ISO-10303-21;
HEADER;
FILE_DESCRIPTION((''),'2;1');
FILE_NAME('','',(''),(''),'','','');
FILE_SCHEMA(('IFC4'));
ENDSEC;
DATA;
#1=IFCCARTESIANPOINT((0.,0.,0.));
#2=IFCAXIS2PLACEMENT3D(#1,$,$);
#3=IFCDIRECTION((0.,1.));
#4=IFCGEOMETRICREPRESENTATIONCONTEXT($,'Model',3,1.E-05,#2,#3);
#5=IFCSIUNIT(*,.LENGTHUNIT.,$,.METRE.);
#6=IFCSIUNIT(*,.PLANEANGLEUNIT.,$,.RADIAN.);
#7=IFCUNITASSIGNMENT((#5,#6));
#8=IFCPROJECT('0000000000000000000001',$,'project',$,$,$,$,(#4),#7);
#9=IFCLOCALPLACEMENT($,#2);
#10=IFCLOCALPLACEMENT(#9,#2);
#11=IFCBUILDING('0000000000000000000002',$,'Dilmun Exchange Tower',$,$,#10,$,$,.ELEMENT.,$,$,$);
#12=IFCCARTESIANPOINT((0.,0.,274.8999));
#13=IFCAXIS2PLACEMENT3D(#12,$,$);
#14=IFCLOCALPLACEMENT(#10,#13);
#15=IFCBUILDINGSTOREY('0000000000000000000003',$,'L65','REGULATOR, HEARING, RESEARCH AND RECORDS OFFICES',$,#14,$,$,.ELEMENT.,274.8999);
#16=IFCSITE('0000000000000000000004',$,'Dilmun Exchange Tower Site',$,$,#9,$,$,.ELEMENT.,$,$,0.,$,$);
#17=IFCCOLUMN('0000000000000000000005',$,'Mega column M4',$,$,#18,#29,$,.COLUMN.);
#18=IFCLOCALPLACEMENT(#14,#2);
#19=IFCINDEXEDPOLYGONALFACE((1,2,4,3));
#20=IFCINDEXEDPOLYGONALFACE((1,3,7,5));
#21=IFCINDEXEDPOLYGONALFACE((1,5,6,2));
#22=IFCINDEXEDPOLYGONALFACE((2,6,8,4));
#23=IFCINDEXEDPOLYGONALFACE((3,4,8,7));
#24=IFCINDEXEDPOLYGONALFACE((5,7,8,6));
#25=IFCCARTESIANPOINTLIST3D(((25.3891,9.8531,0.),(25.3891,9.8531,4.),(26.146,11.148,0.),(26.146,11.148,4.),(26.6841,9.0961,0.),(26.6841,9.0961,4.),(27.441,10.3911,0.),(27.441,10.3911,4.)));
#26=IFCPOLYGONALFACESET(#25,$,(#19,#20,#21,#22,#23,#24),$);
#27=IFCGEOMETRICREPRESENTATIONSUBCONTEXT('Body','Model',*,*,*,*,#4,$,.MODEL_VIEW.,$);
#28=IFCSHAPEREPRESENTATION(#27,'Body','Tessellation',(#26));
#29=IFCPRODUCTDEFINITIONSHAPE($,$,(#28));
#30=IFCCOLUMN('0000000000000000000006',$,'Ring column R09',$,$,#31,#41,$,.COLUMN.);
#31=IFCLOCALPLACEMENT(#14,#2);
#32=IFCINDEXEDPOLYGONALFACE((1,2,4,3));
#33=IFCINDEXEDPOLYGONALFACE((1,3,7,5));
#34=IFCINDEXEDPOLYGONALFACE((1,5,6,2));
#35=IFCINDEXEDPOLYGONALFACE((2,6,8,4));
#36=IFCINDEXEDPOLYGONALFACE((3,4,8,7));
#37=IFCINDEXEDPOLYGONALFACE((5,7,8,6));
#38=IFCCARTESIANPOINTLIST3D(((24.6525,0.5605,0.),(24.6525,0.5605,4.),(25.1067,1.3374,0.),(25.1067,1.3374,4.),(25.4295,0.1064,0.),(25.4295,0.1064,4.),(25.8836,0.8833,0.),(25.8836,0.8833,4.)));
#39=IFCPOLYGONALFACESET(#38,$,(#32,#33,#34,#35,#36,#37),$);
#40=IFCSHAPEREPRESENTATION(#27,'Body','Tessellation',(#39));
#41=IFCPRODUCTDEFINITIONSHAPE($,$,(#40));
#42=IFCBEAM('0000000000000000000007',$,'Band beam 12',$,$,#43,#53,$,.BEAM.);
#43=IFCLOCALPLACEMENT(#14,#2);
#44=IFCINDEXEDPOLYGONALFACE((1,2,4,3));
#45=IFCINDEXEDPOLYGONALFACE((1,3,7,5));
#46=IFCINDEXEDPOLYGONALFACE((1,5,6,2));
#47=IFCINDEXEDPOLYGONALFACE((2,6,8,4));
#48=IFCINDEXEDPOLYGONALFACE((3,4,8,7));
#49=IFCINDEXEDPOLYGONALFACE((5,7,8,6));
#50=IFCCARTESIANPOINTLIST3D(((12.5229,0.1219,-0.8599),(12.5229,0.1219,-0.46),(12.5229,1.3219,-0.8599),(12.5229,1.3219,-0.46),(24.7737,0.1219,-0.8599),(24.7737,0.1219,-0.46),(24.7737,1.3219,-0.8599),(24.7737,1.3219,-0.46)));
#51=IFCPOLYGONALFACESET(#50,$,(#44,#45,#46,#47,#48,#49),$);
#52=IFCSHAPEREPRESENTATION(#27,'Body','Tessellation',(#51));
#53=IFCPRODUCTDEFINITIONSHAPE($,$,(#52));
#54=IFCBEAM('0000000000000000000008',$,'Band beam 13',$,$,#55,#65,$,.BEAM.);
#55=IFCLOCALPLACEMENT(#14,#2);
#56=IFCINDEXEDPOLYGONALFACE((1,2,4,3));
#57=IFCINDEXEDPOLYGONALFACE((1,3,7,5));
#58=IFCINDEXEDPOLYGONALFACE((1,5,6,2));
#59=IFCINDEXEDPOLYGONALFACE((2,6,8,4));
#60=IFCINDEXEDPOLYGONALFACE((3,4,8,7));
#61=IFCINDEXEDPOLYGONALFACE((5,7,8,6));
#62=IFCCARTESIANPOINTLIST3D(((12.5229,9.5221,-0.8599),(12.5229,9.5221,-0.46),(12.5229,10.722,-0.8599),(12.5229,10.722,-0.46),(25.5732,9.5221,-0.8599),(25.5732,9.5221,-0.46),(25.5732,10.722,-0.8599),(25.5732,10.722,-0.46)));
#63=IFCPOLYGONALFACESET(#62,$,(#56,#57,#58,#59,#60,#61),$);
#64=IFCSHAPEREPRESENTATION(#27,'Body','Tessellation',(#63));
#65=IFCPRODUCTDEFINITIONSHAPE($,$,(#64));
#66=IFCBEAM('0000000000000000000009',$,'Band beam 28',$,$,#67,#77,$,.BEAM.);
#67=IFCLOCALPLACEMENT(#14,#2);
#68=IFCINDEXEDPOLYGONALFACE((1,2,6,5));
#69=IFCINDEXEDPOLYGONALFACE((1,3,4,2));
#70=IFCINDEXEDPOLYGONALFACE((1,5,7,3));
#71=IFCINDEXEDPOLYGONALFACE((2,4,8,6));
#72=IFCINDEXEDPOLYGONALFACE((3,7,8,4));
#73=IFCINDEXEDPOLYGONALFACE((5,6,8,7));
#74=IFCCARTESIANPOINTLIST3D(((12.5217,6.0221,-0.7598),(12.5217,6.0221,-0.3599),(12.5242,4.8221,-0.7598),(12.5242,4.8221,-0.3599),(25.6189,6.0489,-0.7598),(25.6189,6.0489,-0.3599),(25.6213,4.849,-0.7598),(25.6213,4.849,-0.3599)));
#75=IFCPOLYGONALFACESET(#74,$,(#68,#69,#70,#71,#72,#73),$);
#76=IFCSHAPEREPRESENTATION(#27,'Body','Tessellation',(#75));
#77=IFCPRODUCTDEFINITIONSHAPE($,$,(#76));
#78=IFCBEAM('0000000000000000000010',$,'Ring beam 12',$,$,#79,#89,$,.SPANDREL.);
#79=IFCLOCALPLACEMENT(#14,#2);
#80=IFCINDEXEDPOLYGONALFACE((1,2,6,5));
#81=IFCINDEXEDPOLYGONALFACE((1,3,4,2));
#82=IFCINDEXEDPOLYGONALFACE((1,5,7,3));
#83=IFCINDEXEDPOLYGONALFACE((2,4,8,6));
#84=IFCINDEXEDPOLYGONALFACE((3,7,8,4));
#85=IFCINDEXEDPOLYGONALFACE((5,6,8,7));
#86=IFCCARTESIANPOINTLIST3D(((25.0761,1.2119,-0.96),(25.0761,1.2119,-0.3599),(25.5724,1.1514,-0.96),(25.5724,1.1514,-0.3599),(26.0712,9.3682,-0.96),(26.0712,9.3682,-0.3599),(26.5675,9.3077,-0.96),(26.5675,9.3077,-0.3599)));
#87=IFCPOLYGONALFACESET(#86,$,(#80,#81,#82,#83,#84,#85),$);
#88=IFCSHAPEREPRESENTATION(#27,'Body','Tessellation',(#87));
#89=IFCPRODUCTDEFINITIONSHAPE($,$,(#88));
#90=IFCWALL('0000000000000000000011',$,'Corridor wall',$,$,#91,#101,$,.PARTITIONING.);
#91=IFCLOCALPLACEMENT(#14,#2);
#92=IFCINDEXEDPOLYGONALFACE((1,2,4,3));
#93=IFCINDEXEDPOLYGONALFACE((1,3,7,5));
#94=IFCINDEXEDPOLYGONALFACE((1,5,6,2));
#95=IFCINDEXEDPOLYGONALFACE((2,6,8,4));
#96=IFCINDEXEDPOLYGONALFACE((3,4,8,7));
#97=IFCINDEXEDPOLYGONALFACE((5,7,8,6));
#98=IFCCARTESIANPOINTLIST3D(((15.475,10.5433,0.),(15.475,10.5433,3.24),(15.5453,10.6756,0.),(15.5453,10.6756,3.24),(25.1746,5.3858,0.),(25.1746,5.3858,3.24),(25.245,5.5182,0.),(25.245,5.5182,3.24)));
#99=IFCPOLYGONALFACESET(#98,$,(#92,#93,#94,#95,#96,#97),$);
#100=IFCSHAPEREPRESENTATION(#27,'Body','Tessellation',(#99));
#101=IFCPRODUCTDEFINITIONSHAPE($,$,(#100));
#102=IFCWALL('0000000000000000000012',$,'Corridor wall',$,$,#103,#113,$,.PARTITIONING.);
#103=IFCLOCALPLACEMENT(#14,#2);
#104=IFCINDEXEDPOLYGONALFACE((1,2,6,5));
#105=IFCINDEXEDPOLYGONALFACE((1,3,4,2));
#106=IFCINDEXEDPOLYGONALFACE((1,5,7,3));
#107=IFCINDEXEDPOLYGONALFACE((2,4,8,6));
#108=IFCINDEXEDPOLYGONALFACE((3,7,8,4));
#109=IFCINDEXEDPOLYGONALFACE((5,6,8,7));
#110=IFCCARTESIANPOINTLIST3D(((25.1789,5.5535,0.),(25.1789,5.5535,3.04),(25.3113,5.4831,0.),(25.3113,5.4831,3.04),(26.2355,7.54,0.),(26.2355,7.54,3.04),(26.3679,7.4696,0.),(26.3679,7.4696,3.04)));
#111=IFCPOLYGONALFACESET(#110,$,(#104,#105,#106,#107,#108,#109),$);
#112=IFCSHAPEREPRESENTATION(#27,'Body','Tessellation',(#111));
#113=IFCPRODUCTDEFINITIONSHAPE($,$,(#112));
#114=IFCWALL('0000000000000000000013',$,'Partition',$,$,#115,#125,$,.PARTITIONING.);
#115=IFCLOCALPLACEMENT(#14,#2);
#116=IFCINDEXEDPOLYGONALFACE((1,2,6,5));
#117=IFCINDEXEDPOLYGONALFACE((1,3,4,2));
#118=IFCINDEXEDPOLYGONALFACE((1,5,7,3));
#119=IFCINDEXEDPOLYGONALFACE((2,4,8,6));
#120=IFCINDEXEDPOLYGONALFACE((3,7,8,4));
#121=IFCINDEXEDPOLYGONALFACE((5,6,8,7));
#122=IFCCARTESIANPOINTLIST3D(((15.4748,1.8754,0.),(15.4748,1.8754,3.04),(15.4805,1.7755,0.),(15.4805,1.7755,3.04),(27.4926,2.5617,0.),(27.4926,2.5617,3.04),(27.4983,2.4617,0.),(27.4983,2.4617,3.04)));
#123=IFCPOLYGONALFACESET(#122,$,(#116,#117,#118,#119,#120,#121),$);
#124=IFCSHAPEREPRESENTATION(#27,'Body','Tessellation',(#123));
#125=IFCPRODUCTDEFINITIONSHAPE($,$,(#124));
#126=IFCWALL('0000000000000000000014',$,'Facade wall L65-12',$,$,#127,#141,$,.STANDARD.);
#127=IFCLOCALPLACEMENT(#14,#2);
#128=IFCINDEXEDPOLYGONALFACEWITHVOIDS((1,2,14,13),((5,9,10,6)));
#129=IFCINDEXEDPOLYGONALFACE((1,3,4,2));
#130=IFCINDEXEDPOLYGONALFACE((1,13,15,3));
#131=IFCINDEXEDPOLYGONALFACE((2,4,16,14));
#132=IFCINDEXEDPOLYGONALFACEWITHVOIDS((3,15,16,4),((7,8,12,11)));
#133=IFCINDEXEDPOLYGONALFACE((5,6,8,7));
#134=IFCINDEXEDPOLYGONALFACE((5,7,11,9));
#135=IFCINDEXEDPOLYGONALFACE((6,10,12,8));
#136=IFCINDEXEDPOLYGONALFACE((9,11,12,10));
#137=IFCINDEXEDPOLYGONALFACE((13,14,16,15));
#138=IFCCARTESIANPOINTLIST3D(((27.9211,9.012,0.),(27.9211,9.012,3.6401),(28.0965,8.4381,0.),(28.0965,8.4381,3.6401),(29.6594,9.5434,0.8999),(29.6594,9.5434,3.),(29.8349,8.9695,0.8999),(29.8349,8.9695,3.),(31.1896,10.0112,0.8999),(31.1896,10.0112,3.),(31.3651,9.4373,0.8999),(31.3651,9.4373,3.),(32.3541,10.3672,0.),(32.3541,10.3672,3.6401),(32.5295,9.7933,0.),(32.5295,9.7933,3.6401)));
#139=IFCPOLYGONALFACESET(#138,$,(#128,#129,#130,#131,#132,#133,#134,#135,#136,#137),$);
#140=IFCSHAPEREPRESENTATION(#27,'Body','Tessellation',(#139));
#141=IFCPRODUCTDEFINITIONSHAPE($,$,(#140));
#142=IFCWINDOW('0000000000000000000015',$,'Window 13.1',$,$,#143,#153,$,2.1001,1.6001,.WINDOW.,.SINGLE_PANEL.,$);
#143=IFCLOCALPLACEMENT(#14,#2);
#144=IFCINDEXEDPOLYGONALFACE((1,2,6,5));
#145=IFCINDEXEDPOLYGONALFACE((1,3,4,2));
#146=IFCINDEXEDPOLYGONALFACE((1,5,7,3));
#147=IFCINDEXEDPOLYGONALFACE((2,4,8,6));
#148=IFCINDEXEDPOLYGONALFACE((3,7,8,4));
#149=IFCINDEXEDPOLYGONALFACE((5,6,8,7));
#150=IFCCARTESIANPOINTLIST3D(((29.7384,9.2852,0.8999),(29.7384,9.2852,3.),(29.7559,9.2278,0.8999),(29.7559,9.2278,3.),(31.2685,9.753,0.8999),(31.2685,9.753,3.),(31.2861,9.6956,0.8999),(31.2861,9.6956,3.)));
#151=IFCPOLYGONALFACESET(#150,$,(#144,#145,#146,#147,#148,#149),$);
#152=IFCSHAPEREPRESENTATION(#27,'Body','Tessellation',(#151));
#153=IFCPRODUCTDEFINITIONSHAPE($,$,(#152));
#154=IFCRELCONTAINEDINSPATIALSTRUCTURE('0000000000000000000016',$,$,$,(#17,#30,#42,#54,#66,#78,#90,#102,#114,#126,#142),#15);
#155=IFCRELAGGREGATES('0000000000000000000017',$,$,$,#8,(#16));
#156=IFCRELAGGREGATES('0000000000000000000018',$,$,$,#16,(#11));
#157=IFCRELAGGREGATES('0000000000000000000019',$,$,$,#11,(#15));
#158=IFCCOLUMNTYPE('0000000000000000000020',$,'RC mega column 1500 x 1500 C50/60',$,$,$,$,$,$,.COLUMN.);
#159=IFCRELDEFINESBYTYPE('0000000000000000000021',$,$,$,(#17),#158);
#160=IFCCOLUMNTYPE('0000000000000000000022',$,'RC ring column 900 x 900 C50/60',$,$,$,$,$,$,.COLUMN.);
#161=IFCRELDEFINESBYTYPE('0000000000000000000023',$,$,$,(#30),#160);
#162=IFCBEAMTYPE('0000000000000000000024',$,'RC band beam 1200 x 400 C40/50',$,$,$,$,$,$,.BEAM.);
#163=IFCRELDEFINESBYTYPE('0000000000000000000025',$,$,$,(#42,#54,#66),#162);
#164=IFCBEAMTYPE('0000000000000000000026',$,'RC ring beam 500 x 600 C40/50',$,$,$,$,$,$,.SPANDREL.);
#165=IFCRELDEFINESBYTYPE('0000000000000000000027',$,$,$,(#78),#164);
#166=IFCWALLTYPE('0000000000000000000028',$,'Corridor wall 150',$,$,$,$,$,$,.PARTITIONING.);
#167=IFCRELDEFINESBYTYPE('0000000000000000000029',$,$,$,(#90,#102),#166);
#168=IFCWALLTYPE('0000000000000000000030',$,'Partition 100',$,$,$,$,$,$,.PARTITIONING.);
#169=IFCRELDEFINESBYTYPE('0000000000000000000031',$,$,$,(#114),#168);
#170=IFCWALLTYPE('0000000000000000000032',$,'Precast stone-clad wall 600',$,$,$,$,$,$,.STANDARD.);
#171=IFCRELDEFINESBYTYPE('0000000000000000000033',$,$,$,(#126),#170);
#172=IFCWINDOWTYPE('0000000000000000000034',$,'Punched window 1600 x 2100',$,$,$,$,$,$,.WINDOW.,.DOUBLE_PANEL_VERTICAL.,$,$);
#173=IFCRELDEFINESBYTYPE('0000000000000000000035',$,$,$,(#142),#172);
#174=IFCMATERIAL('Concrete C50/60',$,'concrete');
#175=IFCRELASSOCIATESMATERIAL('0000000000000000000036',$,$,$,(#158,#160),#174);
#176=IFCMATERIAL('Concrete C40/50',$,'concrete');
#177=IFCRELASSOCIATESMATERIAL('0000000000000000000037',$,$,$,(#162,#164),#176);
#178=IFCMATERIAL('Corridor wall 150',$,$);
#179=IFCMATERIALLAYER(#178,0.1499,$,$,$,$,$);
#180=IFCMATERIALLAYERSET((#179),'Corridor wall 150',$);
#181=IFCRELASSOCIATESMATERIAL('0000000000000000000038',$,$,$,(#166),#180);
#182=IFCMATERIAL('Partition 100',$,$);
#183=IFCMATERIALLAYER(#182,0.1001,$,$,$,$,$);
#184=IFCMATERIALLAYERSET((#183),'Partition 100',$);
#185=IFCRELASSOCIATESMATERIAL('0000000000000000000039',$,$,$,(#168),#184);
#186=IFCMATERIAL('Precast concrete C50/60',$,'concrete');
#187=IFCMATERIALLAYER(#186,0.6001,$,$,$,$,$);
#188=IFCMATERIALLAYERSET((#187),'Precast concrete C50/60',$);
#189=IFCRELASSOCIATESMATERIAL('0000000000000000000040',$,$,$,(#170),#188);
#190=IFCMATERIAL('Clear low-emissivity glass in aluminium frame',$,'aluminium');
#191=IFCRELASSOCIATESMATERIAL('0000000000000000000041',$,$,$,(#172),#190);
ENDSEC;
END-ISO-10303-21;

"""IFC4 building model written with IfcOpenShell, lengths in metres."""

from ifc_helpers import new_model, si_unit, direction, frame, frame_2d, origin, origin_2d, place, context, subcontext, project, spatial, rectangle, extrude, material, layer, layer_set, material_profile, profile_set, type_object, element, fill, save


model = new_model("IFC4")

# Units and contexts
model_context = context("Model", 3, precision=1e-05, world=origin(), true_north=direction((0.0, 1.0)))
body_context = subcontext(model_context, "Body", "Model", "MODEL_VIEW")
ifc_project = project(units=[si_unit("LENGTHUNIT", "METRE"), si_unit("PLANEANGLEUNIT", "RADIAN")], contexts=[model_context])

# Site, building, storey
site_placement = place(None, origin())
site = spatial("IfcSite", under=ifc_project, at=site_placement, Name="Dilmun Exchange Tower Site", CompositionType="ELEMENT", RefElevation=0.0)
building_placement = place(site_placement, origin())
building = spatial("IfcBuilding", under=site, at=building_placement, Name="Dilmun Exchange Tower", CompositionType="ELEMENT")
storey_placement = place(building_placement, frame((0.0, 0.0, 274.8999)))
storey = spatial("IfcBuildingStorey", under=building, at=storey_placement, Name="L65", Description="REGULATOR, HEARING, RESEARCH AND RECORDS OFFICES", CompositionType="ELEMENT", Elevation=274.8999)

# Columns
ifc_material_1 = material(Name="Concrete C50/60", Category="concrete")
ifc_material_profile_1 = material_profile(ifc_material_1, rectangle(XDim=1.5, YDim=1.5, at=origin_2d()), Name="1500 x 1500")
ifc_profile_set_1 = profile_set([ifc_material_profile_1], Name="Concrete C50/60")
column_type_1 = type_object("IfcColumnType", Name="RC mega column 1500 x 1500 C50/60", PredefinedType="COLUMN", material=ifc_profile_set_1)
column_1_placement = place(storey_placement, frame((26.415, 10.1221, 0.0), z_axis=(0.0, 0.0, 1.0), x_axis=(0.504644, 0.863328, 0.0)))
element("IfcColumn", 1, at=column_1_placement, inside=storey, type_object=column_type_1, Name="Mega column M4", PredefinedType="COLUMN", context=body_context, shape_type="SweptSolid", body=[
    extrude(rectangle(XDim=1.5, YDim=1.5, at=origin_2d()), origin(), (0.0, 0.0, 1.0), 4.0),
])
ifc_material_profile_2 = material_profile(ifc_material_1, rectangle(XDim=0.8999, YDim=0.8999, at=origin_2d()), Name="900 x 900")
ifc_profile_set_2 = profile_set([ifc_material_profile_2], Name="Concrete C50/60")
column_type_2 = type_object("IfcColumnType", Name="RC ring column 900 x 900 C50/60", PredefinedType="COLUMN", material=ifc_profile_set_2)
column_2_placement = place(storey_placement, frame((25.2681, 0.7219, 0.0), z_axis=(0.0, 0.0, 1.0), x_axis=(0.504644, 0.863328, 0.0)))
element("IfcColumn", 2, at=column_2_placement, inside=storey, type_object=column_type_2, Name="Ring column R09", PredefinedType="COLUMN", context=body_context, shape_type="SweptSolid", body=[
    extrude(rectangle(XDim=0.8999, YDim=0.8999, at=origin_2d()), origin(), (0.0, 0.0, 1.0), 4.0),
])

# Beams
ifc_material_2 = material(Name="Concrete C40/50", Category="concrete")
ifc_material_profile_3 = material_profile(ifc_material_2, rectangle(XDim=1.2, YDim=0.3999, at=origin_2d()), Name="1200 x 400")
ifc_profile_set_3 = profile_set([ifc_material_profile_3], Name="Concrete C40/50")
beam_type_1 = type_object("IfcBeamType", Name="RC band beam 1200 x 400 C40/50", PredefinedType="BEAM", material=ifc_profile_set_3)
beam_1_placement = place(storey_placement, frame((24.7737, 0.7219, -0.6599), z_axis=(-1.0, 0.0, 0.0), x_axis=(0.0, -1.0, 0.0)))
element("IfcBeam", 3, at=beam_1_placement, inside=storey, type_object=beam_type_1, Name="Band beam 12", PredefinedType="BEAM", context=body_context, shape_type="SweptSolid", body=[
    extrude(rectangle(XDim=1.2, YDim=0.3999, at=origin_2d()), origin(), (0.0, 0.0, 1.0), 12.2507),
])
beam_2_placement = place(storey_placement, frame((25.5732, 10.1221, -0.6599), z_axis=(-1.0, 0.0, 0.0), x_axis=(0.0, -1.0, 0.0)))
element("IfcBeam", 4, at=beam_2_placement, inside=storey, type_object=beam_type_1, Name="Band beam 13", PredefinedType="BEAM", context=body_context, shape_type="SweptSolid", body=[
    extrude(rectangle(XDim=1.2, YDim=0.3999, at=origin_2d()), origin(), (0.0, 0.0, 1.0), 13.0503),
])
beam_3_placement = place(storey_placement, frame((25.6201, 5.449, -0.5598), z_axis=(-0.999998, -0.00205, 0.0), x_axis=(0.00205, -0.999998, 0.0)))
element("IfcBeam", 5, at=beam_3_placement, inside=storey, type_object=beam_type_1, Name="Band beam 28", PredefinedType="BEAM", context=body_context, shape_type="SweptSolid", body=[
    extrude(rectangle(XDim=1.2, YDim=0.3999, at=origin_2d()), origin(), (0.0, 0.0, 1.0), 13.0972),
])
ifc_material_profile_4 = material_profile(ifc_material_2, rectangle(XDim=0.5, YDim=0.6001, at=origin_2d()), Name="500 x 600")
ifc_profile_set_4 = profile_set([ifc_material_profile_4], Name="Concrete C40/50")
beam_type_2 = type_object("IfcBeamType", Name="RC ring beam 500 x 600 C40/50", PredefinedType="SPANDREL", material=ifc_profile_set_4)
beam_4_placement = place(storey_placement, frame((25.3242, 1.1816, -0.6599), z_axis=(0.121109, 0.992639, 0.0), x_axis=(-0.992639, 0.121109, 0.0)))
element("IfcBeam", 6, at=beam_4_placement, inside=storey, type_object=beam_type_2, Name="Ring beam 12", PredefinedType="SPANDREL", context=body_context, shape_type="SweptSolid", body=[
    extrude(rectangle(XDim=0.5, YDim=0.6001, at=origin_2d()), origin(), (0.0, 0.0, 1.0), 8.2168),
])

# Walls
ifc_material_3 = material(Name="Corridor wall 150")
ifc_layer_1 = layer(ifc_material_3, 0.1499)
ifc_layer_set_1 = layer_set([ifc_layer_1], Name="Corridor wall 150")
wall_type_1 = type_object("IfcWallType", Name="Corridor wall 150", PredefinedType="PARTITIONING", material=ifc_layer_set_1)
wall_1_placement = place(storey_placement, frame((15.5103, 10.6094, 0.0), z_axis=(0.0, 0.0, 1.0), x_axis=(0.882946, -0.469475, 0.0)))
element("IfcWall", 7, at=wall_1_placement, inside=storey, type_object=wall_type_1, Name="Corridor wall", PredefinedType="PARTITIONING", context=body_context, shape_type="SweptSolid", body=[
    extrude(rectangle(XDim=10.9856, YDim=0.1499, at=frame_2d((5.4927, 0.0))), origin(), (0.0, 0.0, 1.0), 3.24),
])
wall_2_placement = place(storey_placement, frame((25.2451, 5.5183, 0.0), z_axis=(0.0, 0.0, 1.0), x_axis=(0.469597, 0.882881, 0.0)))
element("IfcWall", 8, at=wall_2_placement, inside=storey, type_object=wall_type_1, Name="Corridor wall", PredefinedType="PARTITIONING", context=body_context, shape_type="SweptSolid", body=[
    extrude(rectangle(XDim=2.25, YDim=0.1499, at=frame_2d((1.125, 0.0))), origin(), (0.0, 0.0, 1.0), 3.04),
])
ifc_material_4 = material(Name="Partition 100")
ifc_layer_2 = layer(ifc_material_4, 0.1001)
ifc_layer_set_2 = layer_set([ifc_layer_2], Name="Partition 100")
wall_type_2 = type_object("IfcWallType", Name="Partition 100", PredefinedType="PARTITIONING", material=ifc_layer_set_2)
wall_3_placement = place(storey_placement, frame((15.4778, 1.8254, 0.0), z_axis=(0.0, 0.0, 1.0), x_axis=(0.998373, 0.057012, 0.0)))
element("IfcWall", 9, at=wall_3_placement, inside=storey, type_object=wall_type_2, Name="Partition", PredefinedType="PARTITIONING", context=body_context, shape_type="SweptSolid", body=[
    extrude(rectangle(XDim=12.0374, YDim=0.1001, at=frame_2d((6.0186, 0.0))), origin(), (0.0, 0.0, 1.0), 3.04),
])

# Wall, opening, window
ifc_material_5 = material(Name="Precast concrete C50/60", Category="concrete")
ifc_layer_3 = layer(ifc_material_5, 0.6001)
ifc_layer_set_3 = layer_set([ifc_layer_3], Name="Precast concrete C50/60")
wall_type_3 = type_object("IfcWallType", Name="Precast stone-clad wall 600", PredefinedType="STANDARD", material=ifc_layer_set_3)
wall_4_placement = place(storey_placement, frame((32.4419, 10.0803, 0.0), z_axis=(0.0, 0.0, 1.0), x_axis=(-0.956307, -0.292364, 0.0)))
wall_4 = element("IfcWall", 10, at=wall_4_placement, inside=storey, type_object=wall_type_3, Name="Facade wall L65-12", PredefinedType="STANDARD", context=body_context, shape_type="SweptSolid", body=[
    extrude(rectangle(XDim=4.6355, YDim=0.6001, at=frame_2d((2.3179, 0.0))), origin(), (0.0, 0.0, 1.0), 3.6401),
])
opening_1_placement = place(wall_4_placement, frame((1.2178, 0.0, 0.8999)))
opening_1 = element("IfcOpeningElement", 11, at=opening_1_placement, cuts=wall_4, PredefinedType="OPENING", context=body_context, shape_type="SweptSolid", body=[
    extrude(rectangle(XDim=1.6001, YDim=2.1001, at=frame_2d((0.8, 1.05))), frame((0.0, 0.3101, 0.0), z_axis=(0.0, -1.0, 0.0), x_axis=(1.0, 0.0, 0.0)), (0.0, 0.0, 1.0), 0.6201),
])
ifc_material_6 = material(Name="Clear low-emissivity glass in aluminium frame", Category="aluminium")
window_type = type_object("IfcWindowType", Name="Punched window 1600 x 2100", PartitioningType="DOUBLE_PANEL_VERTICAL", PredefinedType="WINDOW", material=ifc_material_6)
window_1_placement = place(opening_1_placement, origin())
window_1 = element("IfcWindow", 12, at=window_1_placement, inside=storey, type_object=window_type, Name="Window 13.1", OverallHeight=2.1001, OverallWidth=1.6001, PartitioningType="SINGLE_PANEL", PredefinedType="WINDOW", context=body_context, shape_type="SweptSolid", body=[
    extrude(rectangle(XDim=1.6001, YDim=2.1001, at=frame_2d((0.8, 1.05))), frame((0.0, 0.03, 0.0), z_axis=(0.0, -1.0, 0.0), x_axis=(1.0, 0.0, 0.0)), (0.0, 0.0, 1.0), 0.0601),
])
fill(opening_1, window_1)

save(model, "model.ifc")
